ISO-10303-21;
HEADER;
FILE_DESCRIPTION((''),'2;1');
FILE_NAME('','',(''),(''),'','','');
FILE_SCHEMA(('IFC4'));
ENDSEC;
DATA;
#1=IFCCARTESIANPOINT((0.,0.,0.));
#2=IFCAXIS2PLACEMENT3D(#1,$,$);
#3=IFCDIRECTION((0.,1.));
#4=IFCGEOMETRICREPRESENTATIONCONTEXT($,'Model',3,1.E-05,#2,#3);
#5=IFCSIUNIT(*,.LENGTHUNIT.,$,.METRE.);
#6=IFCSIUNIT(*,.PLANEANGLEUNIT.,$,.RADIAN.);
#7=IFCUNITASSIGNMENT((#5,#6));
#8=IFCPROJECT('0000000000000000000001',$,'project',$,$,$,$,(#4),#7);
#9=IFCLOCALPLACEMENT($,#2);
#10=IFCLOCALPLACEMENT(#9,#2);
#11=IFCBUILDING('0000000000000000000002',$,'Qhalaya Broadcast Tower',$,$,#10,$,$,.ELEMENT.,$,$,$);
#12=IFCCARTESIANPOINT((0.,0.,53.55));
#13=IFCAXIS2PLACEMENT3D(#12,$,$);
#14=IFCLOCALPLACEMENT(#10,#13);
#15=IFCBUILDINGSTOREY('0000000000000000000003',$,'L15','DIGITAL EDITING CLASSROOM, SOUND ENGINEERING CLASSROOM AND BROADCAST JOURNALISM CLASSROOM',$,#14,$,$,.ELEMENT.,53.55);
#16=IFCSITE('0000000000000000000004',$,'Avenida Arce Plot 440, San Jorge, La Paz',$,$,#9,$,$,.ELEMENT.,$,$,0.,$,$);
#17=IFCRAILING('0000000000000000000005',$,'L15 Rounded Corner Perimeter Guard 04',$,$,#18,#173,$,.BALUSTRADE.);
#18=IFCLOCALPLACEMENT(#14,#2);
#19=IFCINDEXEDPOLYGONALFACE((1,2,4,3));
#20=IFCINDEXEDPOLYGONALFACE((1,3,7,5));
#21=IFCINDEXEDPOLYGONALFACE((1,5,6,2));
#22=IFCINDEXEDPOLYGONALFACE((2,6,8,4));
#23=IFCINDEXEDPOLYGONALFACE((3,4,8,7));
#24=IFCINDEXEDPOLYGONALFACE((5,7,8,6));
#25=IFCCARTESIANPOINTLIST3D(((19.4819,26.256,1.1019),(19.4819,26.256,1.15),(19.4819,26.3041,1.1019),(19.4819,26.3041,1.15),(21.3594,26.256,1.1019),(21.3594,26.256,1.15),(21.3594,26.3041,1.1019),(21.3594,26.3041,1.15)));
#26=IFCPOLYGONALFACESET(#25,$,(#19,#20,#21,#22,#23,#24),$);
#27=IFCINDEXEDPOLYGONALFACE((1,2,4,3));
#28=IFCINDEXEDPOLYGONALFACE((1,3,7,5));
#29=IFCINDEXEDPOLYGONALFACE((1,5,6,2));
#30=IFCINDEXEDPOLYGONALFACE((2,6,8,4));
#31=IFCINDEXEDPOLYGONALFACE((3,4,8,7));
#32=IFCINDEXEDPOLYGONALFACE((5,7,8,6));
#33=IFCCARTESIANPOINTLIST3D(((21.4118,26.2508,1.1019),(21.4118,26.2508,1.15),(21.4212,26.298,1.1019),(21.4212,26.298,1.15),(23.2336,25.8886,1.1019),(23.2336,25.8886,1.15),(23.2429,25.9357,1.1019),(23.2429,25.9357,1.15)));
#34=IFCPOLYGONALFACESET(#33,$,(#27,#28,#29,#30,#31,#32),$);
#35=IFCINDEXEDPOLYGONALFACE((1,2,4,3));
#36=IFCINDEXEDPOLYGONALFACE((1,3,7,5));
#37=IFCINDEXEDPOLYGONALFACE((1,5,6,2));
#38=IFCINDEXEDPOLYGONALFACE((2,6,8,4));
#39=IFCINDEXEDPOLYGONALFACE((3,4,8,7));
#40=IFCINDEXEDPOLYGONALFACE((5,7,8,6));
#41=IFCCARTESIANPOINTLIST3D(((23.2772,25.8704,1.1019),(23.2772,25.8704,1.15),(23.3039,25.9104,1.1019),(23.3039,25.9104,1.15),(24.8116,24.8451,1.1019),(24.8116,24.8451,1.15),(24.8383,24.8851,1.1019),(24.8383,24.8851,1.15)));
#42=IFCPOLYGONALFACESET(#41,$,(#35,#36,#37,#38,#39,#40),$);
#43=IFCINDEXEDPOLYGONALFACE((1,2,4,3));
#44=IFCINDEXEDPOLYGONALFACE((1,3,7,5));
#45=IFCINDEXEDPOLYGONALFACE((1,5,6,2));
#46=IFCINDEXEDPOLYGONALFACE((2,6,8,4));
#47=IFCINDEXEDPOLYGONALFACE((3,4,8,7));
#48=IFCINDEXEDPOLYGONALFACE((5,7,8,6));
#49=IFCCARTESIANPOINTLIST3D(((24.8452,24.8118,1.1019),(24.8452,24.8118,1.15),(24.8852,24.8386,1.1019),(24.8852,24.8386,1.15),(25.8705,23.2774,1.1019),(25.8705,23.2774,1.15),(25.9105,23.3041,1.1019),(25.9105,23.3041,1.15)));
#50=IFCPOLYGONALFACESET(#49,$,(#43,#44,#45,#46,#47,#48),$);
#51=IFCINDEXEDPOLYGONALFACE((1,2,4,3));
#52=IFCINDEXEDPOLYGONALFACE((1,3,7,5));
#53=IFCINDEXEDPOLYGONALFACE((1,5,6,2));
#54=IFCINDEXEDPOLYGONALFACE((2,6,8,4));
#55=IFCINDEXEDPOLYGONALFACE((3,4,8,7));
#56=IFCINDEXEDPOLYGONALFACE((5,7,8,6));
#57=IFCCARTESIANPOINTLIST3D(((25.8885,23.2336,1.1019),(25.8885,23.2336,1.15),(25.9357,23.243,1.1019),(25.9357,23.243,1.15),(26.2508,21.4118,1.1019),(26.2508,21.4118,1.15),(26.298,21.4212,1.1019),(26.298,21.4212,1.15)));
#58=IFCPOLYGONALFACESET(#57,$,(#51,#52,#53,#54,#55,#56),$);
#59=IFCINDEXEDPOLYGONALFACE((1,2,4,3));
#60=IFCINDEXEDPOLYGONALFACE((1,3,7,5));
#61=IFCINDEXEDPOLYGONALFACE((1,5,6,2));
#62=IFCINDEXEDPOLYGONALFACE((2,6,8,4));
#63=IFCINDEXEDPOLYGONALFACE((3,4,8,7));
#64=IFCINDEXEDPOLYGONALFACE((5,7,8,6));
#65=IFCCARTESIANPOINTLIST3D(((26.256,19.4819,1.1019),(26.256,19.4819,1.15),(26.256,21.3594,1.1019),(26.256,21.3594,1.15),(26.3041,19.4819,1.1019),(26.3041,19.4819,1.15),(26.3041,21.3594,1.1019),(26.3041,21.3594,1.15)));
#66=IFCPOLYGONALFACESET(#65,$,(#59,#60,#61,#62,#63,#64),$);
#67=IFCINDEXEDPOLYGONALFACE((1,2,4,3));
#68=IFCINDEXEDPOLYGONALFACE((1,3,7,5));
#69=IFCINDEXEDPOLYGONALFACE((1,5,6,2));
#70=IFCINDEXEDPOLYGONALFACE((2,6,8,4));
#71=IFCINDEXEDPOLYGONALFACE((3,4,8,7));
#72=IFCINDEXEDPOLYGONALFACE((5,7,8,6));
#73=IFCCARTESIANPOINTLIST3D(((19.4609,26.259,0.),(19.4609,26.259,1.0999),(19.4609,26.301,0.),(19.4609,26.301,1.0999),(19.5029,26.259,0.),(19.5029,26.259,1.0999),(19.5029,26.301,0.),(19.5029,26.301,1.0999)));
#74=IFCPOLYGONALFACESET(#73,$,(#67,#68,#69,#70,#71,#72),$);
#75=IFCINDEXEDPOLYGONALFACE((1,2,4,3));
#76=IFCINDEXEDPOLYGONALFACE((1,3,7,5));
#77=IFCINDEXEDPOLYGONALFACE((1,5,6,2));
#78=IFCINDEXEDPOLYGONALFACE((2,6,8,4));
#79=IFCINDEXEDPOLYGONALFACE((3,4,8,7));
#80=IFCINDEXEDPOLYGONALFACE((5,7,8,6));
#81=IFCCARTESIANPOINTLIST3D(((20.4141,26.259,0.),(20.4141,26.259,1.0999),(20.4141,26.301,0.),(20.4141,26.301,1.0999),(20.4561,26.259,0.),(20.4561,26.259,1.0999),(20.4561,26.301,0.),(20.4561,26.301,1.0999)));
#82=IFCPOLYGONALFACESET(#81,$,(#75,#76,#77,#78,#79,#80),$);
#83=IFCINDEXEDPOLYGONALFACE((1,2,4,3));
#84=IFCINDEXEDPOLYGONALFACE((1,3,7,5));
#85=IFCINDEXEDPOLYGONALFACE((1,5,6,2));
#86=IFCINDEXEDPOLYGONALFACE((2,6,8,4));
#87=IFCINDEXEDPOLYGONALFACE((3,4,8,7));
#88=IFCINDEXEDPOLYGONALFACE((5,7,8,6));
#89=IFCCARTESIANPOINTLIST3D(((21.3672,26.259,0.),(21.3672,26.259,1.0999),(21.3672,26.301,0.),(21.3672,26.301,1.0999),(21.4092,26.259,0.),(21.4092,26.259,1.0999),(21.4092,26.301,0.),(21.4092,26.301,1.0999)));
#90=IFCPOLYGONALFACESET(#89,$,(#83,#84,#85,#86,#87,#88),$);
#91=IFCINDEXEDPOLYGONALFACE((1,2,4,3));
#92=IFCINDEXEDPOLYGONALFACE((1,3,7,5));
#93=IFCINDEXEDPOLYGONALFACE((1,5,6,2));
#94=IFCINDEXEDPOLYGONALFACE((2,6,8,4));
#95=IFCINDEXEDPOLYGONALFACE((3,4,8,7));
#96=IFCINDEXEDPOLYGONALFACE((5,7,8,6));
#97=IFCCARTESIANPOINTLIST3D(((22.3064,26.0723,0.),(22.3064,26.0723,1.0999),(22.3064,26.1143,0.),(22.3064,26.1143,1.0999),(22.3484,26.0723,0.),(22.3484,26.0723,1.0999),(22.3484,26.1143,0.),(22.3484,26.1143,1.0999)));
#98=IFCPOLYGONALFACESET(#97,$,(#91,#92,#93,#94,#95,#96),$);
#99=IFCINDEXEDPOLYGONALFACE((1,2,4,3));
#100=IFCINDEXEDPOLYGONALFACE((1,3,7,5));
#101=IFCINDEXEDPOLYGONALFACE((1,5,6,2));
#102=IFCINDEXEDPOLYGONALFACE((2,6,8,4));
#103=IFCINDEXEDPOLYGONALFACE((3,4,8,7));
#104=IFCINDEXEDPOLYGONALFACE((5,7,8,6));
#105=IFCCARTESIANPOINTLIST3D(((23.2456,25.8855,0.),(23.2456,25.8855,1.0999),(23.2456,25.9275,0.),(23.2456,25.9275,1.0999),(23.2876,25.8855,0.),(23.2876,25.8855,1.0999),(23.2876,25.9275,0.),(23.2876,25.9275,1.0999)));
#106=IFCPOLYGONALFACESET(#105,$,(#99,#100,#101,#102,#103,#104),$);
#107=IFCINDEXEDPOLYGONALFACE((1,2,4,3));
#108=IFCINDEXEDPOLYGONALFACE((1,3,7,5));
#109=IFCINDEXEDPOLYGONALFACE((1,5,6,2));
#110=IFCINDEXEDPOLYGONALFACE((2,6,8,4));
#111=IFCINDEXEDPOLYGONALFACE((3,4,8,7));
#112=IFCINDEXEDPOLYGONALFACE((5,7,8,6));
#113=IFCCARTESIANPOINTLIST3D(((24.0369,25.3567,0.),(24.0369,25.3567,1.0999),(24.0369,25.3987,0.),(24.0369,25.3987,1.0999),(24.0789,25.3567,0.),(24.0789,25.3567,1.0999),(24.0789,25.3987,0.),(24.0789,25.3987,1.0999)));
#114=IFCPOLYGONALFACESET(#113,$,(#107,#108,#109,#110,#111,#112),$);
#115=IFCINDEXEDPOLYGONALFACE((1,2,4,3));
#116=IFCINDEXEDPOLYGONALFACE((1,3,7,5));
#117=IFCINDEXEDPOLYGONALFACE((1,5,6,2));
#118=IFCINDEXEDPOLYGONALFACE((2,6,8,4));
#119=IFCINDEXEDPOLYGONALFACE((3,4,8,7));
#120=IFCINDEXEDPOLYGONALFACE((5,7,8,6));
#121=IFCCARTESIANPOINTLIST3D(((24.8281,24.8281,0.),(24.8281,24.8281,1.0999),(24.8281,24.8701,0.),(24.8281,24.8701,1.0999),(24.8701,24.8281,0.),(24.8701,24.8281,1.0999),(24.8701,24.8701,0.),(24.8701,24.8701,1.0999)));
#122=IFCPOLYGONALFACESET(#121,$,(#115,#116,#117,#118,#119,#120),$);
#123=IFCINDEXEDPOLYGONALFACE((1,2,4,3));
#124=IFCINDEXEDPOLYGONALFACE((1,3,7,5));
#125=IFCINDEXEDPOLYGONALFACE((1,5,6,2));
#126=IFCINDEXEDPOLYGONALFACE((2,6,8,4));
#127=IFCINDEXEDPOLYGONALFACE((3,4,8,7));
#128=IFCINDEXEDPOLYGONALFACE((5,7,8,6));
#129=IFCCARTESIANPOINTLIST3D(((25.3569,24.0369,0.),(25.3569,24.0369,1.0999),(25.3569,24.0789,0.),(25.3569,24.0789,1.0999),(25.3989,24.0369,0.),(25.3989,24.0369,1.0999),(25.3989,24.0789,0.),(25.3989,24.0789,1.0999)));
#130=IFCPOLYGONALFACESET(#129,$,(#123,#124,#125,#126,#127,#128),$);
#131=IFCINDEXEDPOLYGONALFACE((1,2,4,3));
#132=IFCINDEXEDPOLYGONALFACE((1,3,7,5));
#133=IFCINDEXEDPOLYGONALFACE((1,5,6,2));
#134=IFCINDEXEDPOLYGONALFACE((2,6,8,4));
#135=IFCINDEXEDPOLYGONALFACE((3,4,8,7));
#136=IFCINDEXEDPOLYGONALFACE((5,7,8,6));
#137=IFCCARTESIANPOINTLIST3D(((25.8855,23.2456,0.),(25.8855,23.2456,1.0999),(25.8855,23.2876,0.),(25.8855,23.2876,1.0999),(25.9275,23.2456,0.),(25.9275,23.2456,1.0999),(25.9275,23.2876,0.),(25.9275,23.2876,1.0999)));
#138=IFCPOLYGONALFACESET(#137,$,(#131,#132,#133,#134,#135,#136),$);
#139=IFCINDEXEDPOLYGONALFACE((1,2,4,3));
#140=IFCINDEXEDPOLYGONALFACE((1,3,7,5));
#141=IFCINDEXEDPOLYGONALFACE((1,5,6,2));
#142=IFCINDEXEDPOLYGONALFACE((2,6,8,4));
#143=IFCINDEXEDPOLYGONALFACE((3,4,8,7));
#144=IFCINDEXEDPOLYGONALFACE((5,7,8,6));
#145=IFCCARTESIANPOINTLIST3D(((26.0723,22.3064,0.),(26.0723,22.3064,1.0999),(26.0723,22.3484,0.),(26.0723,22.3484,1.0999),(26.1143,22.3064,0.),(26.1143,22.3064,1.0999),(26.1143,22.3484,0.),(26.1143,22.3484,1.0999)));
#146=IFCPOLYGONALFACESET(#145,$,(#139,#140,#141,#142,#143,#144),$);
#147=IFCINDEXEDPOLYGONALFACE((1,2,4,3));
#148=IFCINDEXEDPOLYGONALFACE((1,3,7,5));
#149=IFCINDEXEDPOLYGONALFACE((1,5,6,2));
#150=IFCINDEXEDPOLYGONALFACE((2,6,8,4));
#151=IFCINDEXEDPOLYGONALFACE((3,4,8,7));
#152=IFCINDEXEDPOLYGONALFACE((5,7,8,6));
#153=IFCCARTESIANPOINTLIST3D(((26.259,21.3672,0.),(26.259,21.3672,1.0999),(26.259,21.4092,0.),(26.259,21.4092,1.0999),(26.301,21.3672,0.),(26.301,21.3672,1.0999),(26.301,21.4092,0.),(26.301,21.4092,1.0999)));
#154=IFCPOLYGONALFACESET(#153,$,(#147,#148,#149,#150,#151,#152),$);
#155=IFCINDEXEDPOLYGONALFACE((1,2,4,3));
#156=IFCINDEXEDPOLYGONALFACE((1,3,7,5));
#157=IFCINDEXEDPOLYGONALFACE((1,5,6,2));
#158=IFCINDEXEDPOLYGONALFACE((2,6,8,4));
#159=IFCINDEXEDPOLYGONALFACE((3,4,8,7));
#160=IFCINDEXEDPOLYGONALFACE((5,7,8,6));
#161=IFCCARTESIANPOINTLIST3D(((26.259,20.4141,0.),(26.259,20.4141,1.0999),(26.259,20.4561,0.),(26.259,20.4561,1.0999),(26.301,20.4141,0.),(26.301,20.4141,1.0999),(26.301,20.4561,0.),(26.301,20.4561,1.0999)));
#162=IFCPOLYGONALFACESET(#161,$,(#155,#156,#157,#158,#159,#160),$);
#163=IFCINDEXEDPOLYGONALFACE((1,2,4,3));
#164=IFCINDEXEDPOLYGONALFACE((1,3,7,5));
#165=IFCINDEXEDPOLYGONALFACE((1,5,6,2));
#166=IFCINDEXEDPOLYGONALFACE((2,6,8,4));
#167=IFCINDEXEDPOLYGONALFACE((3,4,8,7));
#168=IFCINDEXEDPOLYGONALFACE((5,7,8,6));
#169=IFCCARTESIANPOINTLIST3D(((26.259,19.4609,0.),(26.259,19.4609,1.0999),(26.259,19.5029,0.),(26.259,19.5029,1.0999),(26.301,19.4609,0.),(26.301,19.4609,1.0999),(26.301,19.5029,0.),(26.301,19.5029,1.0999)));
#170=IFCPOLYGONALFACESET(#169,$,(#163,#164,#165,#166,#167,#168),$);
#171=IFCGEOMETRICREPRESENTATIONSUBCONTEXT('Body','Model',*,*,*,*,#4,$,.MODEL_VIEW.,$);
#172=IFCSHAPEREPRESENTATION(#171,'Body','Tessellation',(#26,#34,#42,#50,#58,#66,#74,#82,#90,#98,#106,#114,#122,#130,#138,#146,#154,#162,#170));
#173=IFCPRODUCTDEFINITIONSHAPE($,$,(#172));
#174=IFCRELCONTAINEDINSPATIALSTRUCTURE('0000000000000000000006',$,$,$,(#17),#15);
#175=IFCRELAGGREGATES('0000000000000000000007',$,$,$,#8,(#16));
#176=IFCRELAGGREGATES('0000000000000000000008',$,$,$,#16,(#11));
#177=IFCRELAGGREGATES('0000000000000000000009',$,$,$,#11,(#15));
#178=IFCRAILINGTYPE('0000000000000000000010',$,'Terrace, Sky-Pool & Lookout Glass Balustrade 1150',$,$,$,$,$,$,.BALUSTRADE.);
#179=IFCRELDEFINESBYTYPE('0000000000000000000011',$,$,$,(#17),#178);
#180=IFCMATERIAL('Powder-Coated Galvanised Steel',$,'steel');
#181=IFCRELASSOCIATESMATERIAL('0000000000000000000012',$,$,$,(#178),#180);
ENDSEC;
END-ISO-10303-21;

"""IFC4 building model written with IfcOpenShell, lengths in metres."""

from ifc_helpers import new_model, si_unit, direction, frame, origin, origin_2d, place, context, subcontext, project, spatial, rectangle, extrude, material, type_object, element, save


model = new_model("IFC4")

# Units and contexts
model_context = context("Model", 3, precision=1e-05, world=origin(), true_north=direction((0.0, 1.0)))
body_context = subcontext(model_context, "Body", "Model", "MODEL_VIEW")
ifc_project = project(units=[si_unit("LENGTHUNIT", "METRE"), si_unit("PLANEANGLEUNIT", "RADIAN")], contexts=[model_context])

# Site, building, storey
site_placement = place(None, origin())
site = spatial("IfcSite", under=ifc_project, at=site_placement, Name="Avenida Arce Plot 440, San Jorge, La Paz", CompositionType="ELEMENT", RefElevation=0.0)
building_placement = place(site_placement, origin())
building = spatial("IfcBuilding", under=site, at=building_placement, Name="Qhalaya Broadcast Tower", CompositionType="ELEMENT")
storey_placement = place(building_placement, frame((0.0, 0.0, 53.55)))
storey = spatial("IfcBuildingStorey", under=building, at=storey_placement, Name="L15", Description="DIGITAL EDITING CLASSROOM, SOUND ENGINEERING CLASSROOM AND BROADCAST JOURNALISM CLASSROOM", CompositionType="ELEMENT", Elevation=53.55)

# Railing
ifc_material_1 = material(Name="Powder-Coated Galvanised Steel", Category="steel")
railing_type = type_object("IfcRailingType", Name="Terrace, Sky-Pool & Lookout Glass Balustrade 1150", PredefinedType="BALUSTRADE", material=ifc_material_1)
railing_placement = place(storey_placement, frame((19.4819, 26.28, 0.0)))
element("IfcRailing", 1, at=railing_placement, inside=storey, type_object=railing_type, Name="L15 Rounded Corner Perimeter Guard 04", PredefinedType="BALUSTRADE", context=body_context, shape_type="SweptSolid", body=[
    extrude(rectangle(XDim=0.0481, YDim=0.0481, at=origin_2d()), frame((0.0, 0.0, 1.126), z_axis=(1.0, 0.0, 0.0), x_axis=(0.0, 1.0, 0.0)), (0.0, 0.0, 1.0), 1.8774),
    extrude(rectangle(XDim=0.0481, YDim=0.0481, at=origin_2d()), frame((1.9346, -0.0056, 1.126), z_axis=(0.980796, -0.195037, 0.0), x_axis=(0.195037, 0.980796, 0.0)), (0.0, 0.0, 1.0), 1.8574),
    extrude(rectangle(XDim=0.0481, YDim=0.0481, at=origin_2d()), frame((3.8086, -0.3896, 1.126), z_axis=(0.831478, -0.555558, 0.0), x_axis=(0.555558, 0.831478, 0.0)), (0.0, 0.0, 1.0), 1.8455),
    extrude(rectangle(XDim=0.0481, YDim=0.0481, at=origin_2d()), frame((5.3833, -1.4548, 1.126), z_axis=(0.555558, -0.831478, 0.0), x_axis=(0.831478, 0.555558, 0.0)), (0.0, 0.0, 1.0), 1.8455),
    extrude(rectangle(XDim=0.0481, YDim=0.0481, at=origin_2d()), frame((6.4302, -3.0417, 1.126), z_axis=(0.195037, -0.980796, 0.0), x_axis=(0.980796, 0.195037, 0.0)), (0.0, 0.0, 1.0), 1.8574),
    extrude(rectangle(XDim=0.0481, YDim=0.0481, at=origin_2d()), frame((6.7981, -4.9207, 1.126), z_axis=(0.0, -1.0, 0.0), x_axis=(1.0, 0.0, 0.0)), (0.0, 0.0, 1.0), 1.8774),
    extrude(rectangle(XDim=0.042, YDim=0.042, at=origin_2d()), origin(), (0.0, 0.0, 1.0), 1.0999),
    extrude(rectangle(XDim=0.042, YDim=0.042, at=origin_2d()), frame((0.9531, 0.0, 0.0)), (0.0, 0.0, 1.0), 1.0999),
    extrude(rectangle(XDim=0.042, YDim=0.042, at=origin_2d()), frame((1.9062, 0.0, 0.0)), (0.0, 0.0, 1.0), 1.0999),
    extrude(rectangle(XDim=0.042, YDim=0.042, at=origin_2d()), frame((2.8455, -0.1868, 0.0)), (0.0, 0.0, 1.0), 1.0999),
    extrude(rectangle(XDim=0.042, YDim=0.042, at=origin_2d()), frame((3.7847, -0.3735, 0.0)), (0.0, 0.0, 1.0), 1.0999),
    extrude(rectangle(XDim=0.042, YDim=0.042, at=origin_2d()), frame((4.5759, -0.9023, 0.0)), (0.0, 0.0, 1.0), 1.0999),
    extrude(rectangle(XDim=0.042, YDim=0.042, at=origin_2d()), frame((5.3672, -1.4309, 0.0)), (0.0, 0.0, 1.0), 1.0999),
    extrude(rectangle(XDim=0.042, YDim=0.042, at=origin_2d()), frame((5.896, -2.2222, 0.0)), (0.0, 0.0, 1.0), 1.0999),
    extrude(rectangle(XDim=0.042, YDim=0.042, at=origin_2d()), frame((6.4246, -3.0134, 0.0)), (0.0, 0.0, 1.0), 1.0999),
    extrude(rectangle(XDim=0.042, YDim=0.042, at=origin_2d()), frame((6.6113, -3.9526, 0.0)), (0.0, 0.0, 1.0), 1.0999),
    extrude(rectangle(XDim=0.042, YDim=0.042, at=origin_2d()), frame((6.7981, -4.8918, 0.0)), (0.0, 0.0, 1.0), 1.0999),
    extrude(rectangle(XDim=0.042, YDim=0.042, at=origin_2d()), frame((6.7981, -5.845, 0.0)), (0.0, 0.0, 1.0), 1.0999),
    extrude(rectangle(XDim=0.042, YDim=0.042, at=origin_2d()), frame((6.7981, -6.7981, 0.0)), (0.0, 0.0, 1.0), 1.0999),
])

save(model, "model.ifc")
